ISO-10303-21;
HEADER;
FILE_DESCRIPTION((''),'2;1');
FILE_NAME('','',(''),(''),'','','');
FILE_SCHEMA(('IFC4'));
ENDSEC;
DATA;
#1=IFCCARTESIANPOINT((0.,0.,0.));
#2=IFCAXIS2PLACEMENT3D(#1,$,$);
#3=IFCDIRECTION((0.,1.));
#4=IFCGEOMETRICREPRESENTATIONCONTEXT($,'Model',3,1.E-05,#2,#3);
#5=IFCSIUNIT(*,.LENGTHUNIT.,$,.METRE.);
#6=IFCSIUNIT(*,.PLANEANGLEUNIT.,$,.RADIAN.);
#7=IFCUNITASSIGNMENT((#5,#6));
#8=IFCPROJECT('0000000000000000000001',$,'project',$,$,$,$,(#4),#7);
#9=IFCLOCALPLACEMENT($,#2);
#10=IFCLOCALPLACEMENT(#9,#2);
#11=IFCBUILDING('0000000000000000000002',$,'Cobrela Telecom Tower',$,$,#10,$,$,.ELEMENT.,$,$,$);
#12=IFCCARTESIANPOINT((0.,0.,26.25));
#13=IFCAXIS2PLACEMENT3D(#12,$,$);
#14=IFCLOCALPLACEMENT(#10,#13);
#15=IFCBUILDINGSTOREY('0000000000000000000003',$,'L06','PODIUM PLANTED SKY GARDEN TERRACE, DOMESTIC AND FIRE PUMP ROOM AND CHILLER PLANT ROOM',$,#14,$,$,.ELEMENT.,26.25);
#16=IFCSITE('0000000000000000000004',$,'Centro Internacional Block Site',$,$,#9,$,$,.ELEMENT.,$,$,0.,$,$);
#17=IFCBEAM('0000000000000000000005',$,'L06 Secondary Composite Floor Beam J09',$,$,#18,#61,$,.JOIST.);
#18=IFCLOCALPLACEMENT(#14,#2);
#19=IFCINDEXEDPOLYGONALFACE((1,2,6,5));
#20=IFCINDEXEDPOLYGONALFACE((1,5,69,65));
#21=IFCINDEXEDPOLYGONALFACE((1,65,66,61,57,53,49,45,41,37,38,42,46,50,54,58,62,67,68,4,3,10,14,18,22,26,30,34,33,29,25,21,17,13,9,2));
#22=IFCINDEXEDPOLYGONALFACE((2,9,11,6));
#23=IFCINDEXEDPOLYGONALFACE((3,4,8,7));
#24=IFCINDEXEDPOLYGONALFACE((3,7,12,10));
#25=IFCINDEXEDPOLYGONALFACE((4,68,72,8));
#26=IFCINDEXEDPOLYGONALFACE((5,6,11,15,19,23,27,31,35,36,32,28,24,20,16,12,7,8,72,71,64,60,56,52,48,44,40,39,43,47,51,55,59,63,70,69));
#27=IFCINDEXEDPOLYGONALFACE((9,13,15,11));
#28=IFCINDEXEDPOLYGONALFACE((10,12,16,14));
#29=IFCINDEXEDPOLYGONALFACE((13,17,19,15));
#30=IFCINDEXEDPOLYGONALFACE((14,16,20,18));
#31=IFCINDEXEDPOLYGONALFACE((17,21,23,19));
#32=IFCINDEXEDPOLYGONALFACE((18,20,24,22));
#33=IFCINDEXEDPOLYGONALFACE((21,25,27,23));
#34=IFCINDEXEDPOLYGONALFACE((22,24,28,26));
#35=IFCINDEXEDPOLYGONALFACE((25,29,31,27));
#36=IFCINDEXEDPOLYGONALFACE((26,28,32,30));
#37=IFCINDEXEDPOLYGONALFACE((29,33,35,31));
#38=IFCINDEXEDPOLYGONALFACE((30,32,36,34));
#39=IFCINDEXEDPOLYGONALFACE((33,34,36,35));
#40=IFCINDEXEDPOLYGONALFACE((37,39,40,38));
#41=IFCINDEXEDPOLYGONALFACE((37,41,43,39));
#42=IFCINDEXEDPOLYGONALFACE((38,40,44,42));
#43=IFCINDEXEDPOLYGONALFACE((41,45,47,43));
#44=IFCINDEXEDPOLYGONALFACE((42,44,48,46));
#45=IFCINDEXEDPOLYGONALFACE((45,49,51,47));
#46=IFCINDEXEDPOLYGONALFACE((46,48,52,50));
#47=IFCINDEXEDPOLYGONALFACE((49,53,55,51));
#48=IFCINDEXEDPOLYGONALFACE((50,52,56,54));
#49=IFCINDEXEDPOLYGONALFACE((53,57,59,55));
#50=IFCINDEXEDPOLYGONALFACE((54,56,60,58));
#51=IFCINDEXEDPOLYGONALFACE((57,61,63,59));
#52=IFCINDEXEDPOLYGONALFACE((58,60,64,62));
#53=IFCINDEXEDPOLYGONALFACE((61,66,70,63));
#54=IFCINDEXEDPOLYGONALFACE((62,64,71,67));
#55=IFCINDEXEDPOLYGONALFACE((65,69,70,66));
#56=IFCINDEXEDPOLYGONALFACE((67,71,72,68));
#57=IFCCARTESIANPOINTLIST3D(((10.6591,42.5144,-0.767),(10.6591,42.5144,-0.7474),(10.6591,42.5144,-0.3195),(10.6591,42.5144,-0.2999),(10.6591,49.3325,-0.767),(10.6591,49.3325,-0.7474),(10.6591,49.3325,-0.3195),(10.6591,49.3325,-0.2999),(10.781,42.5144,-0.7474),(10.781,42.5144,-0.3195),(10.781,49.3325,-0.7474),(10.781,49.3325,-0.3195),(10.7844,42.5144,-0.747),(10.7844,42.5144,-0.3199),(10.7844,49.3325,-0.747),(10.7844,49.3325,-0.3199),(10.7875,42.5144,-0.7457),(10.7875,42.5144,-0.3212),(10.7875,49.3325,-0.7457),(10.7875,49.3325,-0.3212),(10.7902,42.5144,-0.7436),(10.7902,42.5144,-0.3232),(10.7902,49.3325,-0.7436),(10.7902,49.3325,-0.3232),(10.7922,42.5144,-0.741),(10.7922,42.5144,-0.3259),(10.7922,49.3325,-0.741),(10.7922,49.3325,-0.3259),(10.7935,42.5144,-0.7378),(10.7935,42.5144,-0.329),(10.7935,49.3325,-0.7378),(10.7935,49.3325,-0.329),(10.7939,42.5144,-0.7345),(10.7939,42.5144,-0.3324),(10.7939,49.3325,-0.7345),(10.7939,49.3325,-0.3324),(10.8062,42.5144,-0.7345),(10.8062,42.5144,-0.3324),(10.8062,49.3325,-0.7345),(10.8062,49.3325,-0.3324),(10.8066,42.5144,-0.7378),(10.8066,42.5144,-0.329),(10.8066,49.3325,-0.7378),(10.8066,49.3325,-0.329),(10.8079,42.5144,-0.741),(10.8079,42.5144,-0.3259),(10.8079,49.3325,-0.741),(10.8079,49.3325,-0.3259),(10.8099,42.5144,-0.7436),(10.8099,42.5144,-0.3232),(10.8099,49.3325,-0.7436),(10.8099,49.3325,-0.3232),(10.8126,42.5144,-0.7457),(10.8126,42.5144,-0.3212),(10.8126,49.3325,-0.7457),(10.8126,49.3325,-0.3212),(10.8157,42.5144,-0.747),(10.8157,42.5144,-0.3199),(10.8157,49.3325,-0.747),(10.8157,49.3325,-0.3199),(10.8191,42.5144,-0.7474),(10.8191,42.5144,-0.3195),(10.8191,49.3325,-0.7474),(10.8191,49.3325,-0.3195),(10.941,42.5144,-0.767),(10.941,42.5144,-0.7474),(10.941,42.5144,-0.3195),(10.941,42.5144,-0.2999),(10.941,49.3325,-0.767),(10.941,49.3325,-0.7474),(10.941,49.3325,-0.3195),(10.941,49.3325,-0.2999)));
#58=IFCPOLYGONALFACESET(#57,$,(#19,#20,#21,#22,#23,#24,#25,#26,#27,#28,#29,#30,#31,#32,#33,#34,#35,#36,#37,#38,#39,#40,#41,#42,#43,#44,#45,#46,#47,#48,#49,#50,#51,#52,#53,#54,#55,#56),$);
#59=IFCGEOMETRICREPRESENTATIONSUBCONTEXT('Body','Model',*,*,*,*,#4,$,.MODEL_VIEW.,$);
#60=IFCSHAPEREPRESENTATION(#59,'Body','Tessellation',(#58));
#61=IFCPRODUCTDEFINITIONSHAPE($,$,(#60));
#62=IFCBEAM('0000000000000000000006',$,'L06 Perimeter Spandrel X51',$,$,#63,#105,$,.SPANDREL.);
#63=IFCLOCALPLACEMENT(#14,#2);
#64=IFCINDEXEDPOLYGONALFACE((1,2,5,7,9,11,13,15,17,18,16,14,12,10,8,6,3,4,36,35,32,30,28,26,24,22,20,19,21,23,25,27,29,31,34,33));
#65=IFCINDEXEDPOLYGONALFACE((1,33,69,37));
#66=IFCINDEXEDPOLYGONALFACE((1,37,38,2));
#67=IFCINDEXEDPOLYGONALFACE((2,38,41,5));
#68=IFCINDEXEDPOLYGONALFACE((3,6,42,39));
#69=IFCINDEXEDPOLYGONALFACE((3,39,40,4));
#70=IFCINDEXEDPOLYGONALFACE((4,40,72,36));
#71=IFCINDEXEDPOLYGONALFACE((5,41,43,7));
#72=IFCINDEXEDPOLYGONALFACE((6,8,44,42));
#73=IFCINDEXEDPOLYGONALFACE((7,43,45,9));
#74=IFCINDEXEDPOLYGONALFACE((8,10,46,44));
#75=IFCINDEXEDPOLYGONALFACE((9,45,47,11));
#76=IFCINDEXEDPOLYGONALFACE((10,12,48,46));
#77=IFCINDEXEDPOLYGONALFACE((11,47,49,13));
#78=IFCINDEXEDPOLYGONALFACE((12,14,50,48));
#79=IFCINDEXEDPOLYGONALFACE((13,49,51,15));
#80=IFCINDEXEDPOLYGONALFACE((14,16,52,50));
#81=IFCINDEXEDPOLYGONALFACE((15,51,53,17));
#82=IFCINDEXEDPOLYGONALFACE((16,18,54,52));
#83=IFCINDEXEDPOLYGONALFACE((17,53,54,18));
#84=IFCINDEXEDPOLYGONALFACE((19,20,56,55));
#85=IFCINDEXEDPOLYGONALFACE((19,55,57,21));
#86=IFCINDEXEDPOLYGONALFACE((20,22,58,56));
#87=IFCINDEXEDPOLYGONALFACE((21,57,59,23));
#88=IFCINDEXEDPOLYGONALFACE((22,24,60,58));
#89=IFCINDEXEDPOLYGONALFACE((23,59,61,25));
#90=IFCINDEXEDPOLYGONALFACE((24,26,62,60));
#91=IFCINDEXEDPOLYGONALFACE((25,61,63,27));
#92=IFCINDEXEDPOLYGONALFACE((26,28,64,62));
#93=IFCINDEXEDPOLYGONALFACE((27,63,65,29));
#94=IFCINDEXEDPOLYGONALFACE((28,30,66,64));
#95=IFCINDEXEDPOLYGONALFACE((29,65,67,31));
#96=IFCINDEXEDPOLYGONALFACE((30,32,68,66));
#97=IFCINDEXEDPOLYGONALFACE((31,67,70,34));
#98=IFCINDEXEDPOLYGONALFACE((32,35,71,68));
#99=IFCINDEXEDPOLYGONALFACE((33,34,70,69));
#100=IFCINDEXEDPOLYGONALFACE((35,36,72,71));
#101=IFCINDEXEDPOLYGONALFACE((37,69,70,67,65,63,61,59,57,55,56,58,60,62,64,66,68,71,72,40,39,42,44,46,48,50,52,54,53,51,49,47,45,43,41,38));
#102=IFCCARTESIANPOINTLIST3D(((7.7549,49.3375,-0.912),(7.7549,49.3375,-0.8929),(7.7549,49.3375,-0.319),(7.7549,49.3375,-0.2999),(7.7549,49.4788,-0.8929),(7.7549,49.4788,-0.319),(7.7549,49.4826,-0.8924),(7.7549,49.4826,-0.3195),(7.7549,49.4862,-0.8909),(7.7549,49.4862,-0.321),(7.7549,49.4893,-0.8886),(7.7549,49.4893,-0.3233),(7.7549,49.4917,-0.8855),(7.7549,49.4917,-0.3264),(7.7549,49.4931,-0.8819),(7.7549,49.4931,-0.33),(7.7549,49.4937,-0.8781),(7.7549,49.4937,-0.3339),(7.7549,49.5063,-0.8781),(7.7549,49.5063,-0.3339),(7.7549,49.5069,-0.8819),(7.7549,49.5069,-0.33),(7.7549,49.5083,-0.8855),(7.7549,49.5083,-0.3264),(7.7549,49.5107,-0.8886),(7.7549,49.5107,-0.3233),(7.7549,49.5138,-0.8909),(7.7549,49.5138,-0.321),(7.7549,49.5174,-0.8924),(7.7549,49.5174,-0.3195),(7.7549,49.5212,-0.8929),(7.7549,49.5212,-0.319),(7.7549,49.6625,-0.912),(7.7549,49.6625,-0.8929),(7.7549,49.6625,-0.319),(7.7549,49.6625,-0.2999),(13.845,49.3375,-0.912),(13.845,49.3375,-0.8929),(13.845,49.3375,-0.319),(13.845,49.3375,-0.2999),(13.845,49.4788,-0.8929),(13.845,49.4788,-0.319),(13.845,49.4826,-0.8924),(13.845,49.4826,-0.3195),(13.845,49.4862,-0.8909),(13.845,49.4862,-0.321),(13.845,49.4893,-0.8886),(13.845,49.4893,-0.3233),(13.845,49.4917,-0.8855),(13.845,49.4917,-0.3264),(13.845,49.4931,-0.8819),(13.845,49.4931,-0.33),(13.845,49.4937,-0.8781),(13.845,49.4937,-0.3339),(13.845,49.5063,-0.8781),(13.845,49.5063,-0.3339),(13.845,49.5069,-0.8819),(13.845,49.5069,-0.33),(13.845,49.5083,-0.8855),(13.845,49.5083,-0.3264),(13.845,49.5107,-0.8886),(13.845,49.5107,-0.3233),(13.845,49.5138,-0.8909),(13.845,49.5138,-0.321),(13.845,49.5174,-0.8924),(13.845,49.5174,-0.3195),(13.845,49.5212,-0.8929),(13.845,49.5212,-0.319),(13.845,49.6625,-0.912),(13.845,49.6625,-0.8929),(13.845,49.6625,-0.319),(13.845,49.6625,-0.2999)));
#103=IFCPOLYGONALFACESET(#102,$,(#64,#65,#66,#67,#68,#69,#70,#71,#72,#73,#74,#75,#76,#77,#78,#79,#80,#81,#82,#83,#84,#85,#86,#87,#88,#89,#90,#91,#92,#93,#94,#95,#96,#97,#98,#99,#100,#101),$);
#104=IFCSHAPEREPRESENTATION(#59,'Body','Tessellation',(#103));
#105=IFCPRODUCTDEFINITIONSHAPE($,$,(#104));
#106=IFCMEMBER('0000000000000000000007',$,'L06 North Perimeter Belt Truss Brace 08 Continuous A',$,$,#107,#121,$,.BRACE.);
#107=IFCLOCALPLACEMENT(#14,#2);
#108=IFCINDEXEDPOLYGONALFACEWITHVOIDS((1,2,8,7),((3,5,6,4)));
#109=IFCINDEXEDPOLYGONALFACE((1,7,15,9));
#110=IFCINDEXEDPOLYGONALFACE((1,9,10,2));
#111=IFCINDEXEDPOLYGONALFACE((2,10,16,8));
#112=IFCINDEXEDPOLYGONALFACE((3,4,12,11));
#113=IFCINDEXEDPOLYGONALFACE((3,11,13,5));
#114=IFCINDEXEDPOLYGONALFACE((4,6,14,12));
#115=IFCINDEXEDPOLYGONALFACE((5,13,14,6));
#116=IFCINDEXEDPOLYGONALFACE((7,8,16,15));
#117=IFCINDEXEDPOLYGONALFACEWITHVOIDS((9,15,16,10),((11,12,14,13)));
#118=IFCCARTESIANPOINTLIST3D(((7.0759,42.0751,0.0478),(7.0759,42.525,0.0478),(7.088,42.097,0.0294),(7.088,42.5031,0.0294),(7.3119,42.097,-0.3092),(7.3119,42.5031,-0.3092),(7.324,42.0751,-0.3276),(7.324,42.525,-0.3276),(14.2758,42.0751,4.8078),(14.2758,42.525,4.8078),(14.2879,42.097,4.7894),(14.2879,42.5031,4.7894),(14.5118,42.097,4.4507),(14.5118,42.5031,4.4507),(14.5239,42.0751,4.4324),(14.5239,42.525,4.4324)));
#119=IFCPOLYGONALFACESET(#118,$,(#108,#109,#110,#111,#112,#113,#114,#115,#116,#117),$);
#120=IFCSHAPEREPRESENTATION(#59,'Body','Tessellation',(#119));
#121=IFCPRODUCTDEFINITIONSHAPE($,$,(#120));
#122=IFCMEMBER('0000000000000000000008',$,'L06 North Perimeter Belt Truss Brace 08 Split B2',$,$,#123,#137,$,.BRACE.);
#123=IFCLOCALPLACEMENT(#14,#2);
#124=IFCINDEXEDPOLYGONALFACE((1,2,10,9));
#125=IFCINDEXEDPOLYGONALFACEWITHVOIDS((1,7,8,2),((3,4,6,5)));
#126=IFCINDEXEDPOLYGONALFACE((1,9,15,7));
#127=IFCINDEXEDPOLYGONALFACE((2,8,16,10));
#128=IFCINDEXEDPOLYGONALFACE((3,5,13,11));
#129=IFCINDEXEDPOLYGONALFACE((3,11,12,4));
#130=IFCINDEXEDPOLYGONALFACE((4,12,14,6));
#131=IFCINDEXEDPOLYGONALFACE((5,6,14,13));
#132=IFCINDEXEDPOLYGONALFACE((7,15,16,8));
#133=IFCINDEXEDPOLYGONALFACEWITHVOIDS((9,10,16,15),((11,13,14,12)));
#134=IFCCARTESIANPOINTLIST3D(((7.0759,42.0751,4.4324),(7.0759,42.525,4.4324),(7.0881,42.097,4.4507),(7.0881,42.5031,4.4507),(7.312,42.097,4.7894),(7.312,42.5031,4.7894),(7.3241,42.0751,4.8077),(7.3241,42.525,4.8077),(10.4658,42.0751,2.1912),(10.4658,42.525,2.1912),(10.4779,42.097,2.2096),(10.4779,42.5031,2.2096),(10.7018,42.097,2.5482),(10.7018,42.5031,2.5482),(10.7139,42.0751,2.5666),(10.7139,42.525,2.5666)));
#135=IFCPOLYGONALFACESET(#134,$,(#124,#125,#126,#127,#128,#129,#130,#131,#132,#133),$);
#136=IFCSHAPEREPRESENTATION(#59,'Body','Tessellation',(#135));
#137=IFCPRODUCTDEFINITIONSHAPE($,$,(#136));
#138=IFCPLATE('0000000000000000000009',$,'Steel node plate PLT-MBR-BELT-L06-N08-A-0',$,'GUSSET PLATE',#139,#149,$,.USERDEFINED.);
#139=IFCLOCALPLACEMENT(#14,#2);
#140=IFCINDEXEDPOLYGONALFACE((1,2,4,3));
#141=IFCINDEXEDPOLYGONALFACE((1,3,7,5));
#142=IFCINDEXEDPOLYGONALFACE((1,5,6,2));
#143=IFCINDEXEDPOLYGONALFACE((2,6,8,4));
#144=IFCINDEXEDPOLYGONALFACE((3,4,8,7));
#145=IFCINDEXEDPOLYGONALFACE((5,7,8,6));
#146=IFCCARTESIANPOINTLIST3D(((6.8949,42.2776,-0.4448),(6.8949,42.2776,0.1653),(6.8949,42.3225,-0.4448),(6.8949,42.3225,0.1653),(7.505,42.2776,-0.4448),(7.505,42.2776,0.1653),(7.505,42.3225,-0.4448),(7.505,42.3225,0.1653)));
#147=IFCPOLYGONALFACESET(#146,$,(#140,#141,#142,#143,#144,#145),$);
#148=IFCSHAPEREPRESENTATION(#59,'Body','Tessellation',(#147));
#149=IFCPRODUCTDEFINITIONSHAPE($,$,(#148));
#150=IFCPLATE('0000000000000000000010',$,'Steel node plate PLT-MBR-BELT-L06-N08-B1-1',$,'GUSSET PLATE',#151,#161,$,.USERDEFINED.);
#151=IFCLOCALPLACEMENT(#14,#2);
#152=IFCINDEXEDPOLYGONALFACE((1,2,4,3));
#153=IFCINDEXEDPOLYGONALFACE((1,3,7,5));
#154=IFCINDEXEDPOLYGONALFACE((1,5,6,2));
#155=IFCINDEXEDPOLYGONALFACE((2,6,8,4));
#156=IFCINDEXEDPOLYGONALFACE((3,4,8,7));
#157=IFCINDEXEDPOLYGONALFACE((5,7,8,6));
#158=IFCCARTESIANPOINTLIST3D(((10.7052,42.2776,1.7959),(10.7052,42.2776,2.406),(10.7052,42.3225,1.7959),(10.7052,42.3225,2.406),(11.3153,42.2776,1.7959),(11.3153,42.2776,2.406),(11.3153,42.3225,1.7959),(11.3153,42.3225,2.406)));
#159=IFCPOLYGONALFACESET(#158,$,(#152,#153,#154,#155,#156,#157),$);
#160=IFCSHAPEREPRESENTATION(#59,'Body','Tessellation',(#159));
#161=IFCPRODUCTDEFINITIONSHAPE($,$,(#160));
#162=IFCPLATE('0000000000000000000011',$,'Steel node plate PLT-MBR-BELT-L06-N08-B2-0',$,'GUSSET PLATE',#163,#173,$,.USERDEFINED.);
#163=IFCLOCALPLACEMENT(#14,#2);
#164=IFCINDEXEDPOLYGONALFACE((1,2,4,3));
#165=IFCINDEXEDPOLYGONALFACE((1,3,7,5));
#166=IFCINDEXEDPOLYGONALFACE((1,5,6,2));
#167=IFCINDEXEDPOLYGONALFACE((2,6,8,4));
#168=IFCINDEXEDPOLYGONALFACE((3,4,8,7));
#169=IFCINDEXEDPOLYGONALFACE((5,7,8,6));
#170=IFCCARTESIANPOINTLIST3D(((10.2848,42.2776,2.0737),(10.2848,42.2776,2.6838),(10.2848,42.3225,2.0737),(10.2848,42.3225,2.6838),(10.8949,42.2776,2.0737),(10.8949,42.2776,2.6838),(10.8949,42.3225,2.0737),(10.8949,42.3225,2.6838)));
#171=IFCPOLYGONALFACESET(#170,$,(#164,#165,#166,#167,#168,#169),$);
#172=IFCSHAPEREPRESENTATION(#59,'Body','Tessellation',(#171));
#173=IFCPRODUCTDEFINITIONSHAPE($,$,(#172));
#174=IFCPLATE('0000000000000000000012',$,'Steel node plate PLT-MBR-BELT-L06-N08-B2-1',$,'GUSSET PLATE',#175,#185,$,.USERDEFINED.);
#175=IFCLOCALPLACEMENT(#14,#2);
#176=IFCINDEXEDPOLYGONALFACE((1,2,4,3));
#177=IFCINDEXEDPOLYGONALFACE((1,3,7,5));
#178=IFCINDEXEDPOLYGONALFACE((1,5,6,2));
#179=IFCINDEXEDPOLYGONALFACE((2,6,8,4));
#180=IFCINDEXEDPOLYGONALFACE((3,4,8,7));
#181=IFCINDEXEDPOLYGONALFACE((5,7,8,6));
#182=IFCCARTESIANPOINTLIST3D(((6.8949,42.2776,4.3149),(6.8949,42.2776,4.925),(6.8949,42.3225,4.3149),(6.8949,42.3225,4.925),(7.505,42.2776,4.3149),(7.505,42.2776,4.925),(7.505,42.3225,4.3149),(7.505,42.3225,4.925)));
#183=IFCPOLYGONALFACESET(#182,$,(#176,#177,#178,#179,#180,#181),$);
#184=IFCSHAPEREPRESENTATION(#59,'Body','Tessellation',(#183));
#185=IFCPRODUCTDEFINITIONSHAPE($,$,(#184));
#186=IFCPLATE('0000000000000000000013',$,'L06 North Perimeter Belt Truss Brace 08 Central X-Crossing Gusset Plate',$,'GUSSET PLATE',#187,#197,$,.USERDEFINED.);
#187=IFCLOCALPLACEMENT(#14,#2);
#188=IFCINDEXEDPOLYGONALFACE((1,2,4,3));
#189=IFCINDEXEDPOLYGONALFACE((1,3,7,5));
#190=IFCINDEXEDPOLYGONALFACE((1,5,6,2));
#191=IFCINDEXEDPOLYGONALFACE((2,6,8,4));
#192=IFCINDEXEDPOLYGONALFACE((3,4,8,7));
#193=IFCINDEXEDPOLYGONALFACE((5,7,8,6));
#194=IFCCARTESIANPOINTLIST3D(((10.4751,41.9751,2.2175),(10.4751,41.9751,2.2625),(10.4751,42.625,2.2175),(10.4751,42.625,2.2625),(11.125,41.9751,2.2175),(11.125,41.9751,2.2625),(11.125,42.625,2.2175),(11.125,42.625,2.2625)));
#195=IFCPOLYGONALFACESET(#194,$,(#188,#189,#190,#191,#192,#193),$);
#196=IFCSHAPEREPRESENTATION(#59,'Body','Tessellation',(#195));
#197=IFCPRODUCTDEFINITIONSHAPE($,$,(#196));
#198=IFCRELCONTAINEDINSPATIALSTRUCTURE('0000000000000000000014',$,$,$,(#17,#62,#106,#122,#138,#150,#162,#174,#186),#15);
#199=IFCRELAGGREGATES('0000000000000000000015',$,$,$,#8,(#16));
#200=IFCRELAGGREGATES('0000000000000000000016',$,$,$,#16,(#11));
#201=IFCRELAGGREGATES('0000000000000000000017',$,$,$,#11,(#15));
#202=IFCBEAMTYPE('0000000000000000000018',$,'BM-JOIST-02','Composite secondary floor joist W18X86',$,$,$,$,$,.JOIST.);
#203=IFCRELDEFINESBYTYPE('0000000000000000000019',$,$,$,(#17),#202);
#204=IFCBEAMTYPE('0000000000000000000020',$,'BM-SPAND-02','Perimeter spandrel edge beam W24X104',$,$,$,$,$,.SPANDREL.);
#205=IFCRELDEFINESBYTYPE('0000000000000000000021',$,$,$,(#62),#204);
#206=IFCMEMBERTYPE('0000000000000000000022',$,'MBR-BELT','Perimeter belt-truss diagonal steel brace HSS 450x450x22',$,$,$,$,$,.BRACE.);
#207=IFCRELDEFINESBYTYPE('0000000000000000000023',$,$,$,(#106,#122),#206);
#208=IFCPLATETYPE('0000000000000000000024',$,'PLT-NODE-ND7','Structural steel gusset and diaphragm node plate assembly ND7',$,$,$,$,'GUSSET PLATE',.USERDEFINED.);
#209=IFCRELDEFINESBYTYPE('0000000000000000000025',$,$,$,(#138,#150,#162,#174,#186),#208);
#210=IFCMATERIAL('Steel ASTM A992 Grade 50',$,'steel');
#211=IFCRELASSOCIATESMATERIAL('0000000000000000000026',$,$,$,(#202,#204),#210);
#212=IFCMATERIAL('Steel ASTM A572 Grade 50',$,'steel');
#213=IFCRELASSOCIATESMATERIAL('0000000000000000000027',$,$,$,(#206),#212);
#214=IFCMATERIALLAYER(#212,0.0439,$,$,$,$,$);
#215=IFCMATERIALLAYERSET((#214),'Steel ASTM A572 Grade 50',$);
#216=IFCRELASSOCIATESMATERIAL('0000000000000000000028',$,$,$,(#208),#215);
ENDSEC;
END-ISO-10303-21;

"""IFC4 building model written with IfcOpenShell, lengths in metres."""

from ifc_helpers import new_model, si_unit, direction, frame, origin, origin_2d, place, context, subcontext, project, spatial, rectangle, hollow_rectangle, i_section, extrude, material, layer, layer_set, material_profile, profile_set, type_object, element, save


model = new_model("IFC4")

# Units and contexts
model_context = context("Model", 3, precision=1e-05, world=origin(), true_north=direction((0.0, 1.0)))
body_context = subcontext(model_context, "Body", "Model", "MODEL_VIEW")
ifc_project = project(units=[si_unit("LENGTHUNIT", "METRE"), si_unit("PLANEANGLEUNIT", "RADIAN")], contexts=[model_context])

# Site, building, storey
site_placement = place(None, origin())
site = spatial("IfcSite", under=ifc_project, at=site_placement, Name="Centro Internacional Block Site", CompositionType="ELEMENT", RefElevation=0.0)
building_placement = place(site_placement, origin())
building = spatial("IfcBuilding", under=site, at=building_placement, Name="Cobrela Telecom Tower", CompositionType="ELEMENT")
storey_placement = place(building_placement, frame((0.0, 0.0, 26.25)))
storey = spatial("IfcBuildingStorey", under=building, at=storey_placement, Name="L06", Description="PODIUM PLANTED SKY GARDEN TERRACE, DOMESTIC AND FIRE PUMP ROOM AND CHILLER PLANT ROOM", CompositionType="ELEMENT", Elevation=26.25)

# Shared definitions
ifc_material_1 = material(Name="Steel ASTM A572 Grade 50", Category="steel")

# Beams
ifc_material_2 = material(Name="Steel ASTM A992 Grade 50", Category="steel")
ifc_material_profile_1 = material_profile(ifc_material_2, i_section(OverallWidth=0.282, OverallDepth=0.467, WebThickness=0.0122, FlangeThickness=0.0195, FilletRadius=0.0129, at=origin_2d()), Name="W18X86")
ifc_profile_set_1 = profile_set([ifc_material_profile_1], Name="Steel ASTM A992 Grade 50")
beam_type_1 = type_object("IfcBeamType", Name="BM-JOIST-02", Description="Composite secondary floor joist W18X86", PredefinedType="JOIST", material=ifc_profile_set_1)
beam_1_placement = place(storey_placement, frame((10.8, 42.5144, -0.5334), z_axis=(0.0, 1.0, 0.0), x_axis=(-1.0, 0.0, 0.0)))
element("IfcBeam", 1, at=beam_1_placement, inside=storey, type_object=beam_type_1, Name="L06 Secondary Composite Floor Beam J09", PredefinedType="JOIST", context=body_context, shape_type="SweptSolid", body=[
    extrude(i_section(OverallWidth=0.282, OverallDepth=0.467, WebThickness=0.0122, FlangeThickness=0.0195, FilletRadius=0.0129, at=origin_2d()), origin(), (0.0, 0.0, 1.0), 6.8181),
])
ifc_material_profile_2 = material_profile(ifc_material_2, i_section(OverallWidth=0.325, OverallDepth=0.6121, WebThickness=0.0127, FlangeThickness=0.019, FilletRadius=0.0149, at=origin_2d()), Name="W24X104")
ifc_profile_set_2 = profile_set([ifc_material_profile_2], Name="Steel ASTM A992 Grade 50")
beam_type_2 = type_object("IfcBeamType", Name="BM-SPAND-02", Description="Perimeter spandrel edge beam W24X104", PredefinedType="SPANDREL", material=ifc_profile_set_2)
beam_2_placement = place(storey_placement, frame((7.7549, 49.5, -0.606), z_axis=(1.0, 0.0, 0.0), x_axis=(0.0, 1.0, 0.0)))
element("IfcBeam", 2, at=beam_2_placement, inside=storey, type_object=beam_type_2, Name="L06 Perimeter Spandrel X51", PredefinedType="SPANDREL", context=body_context, shape_type="SweptSolid", body=[
    extrude(i_section(OverallWidth=0.325, OverallDepth=0.6121, WebThickness=0.0127, FlangeThickness=0.019, FilletRadius=0.0149, at=origin_2d()), origin(), (0.0, 0.0, 1.0), 6.0901),
])

# Members
ifc_material_profile_3 = material_profile(ifc_material_1, hollow_rectangle(XDim=0.45, YDim=0.45, WallThickness=0.022, at=origin_2d()), Name="HSS 450x450x22")
ifc_profile_set_3 = profile_set([ifc_material_profile_3], Name="Steel ASTM A572 Grade 50")
member_type = type_object("IfcMemberType", Name="MBR-BELT", Description="Perimeter belt-truss diagonal steel brace HSS 450x450x22", PredefinedType="BRACE", material=ifc_profile_set_3)
member_1_placement = place(storey_placement, frame((7.2, 42.3, -0.1399), z_axis=(0.834181, 0.0, 0.551491), x_axis=(0.0, 1.0, 0.0)))
element("IfcMember", 3, at=member_1_placement, inside=storey, type_object=member_type, Name="L06 North Perimeter Belt Truss Brace 08 Continuous A", PredefinedType="BRACE", context=body_context, shape_type="SweptSolid", body=[
    extrude(hollow_rectangle(XDim=0.45, YDim=0.45, WallThickness=0.022, at=origin_2d()), origin(), (0.0, 0.0, 1.0), 8.6311),
])
member_2_placement = place(storey_placement, frame((10.5898, 42.3, 2.3789), z_axis=(-0.83417, 0.0, 0.551507), x_axis=(0.0, -1.0, 0.0)))
element("IfcMember", 4, at=member_2_placement, inside=storey, type_object=member_type, Name="L06 North Perimeter Belt Truss Brace 08 Split B2", PredefinedType="BRACE", context=body_context, shape_type="SweptSolid", body=[
    extrude(hollow_rectangle(XDim=0.45, YDim=0.45, WallThickness=0.022, at=origin_2d()), origin(), (0.0, 0.0, 1.0), 4.0637),
])

# Plates
ifc_layer_1 = layer(ifc_material_1, 0.0439)
ifc_layer_set_1 = layer_set([ifc_layer_1], Name="Steel ASTM A572 Grade 50")
plate_type = type_object("IfcPlateType", Name="PLT-NODE-ND7", Description="Structural steel gusset and diaphragm node plate assembly ND7", ElementType="GUSSET PLATE", PredefinedType="USERDEFINED", material=ifc_layer_set_1)
for number, where, z_axis, x_axis, name in (
    (5, (7.2, 42.3, -0.4448), (0.0, 0.0, 1.0), (1.0, 0.0, 0.0), "Steel node plate PLT-MBR-BELT-L06-N08-A-0"),
    (6, (11.0103, 42.3, 1.7959), (0.0, 0.0, 1.0), (-1.0, 0.0, 0.0), "Steel node plate PLT-MBR-BELT-L06-N08-B1-1"),
    (7, (10.5898, 42.3, 2.0737), (0.0, 0.0, 1.0), (-1.0, 0.0, 0.0), "Steel node plate PLT-MBR-BELT-L06-N08-B2-0"),
    (8, (7.2, 42.3, 4.3149), (0.0, 0.0, 1.0), (-1.0, 0.0, 0.0), "Steel node plate PLT-MBR-BELT-L06-N08-B2-1"),
):
    element("IfcPlate", number, at=place(storey_placement, frame(where, z_axis=z_axis, x_axis=x_axis)), inside=storey, type_object=plate_type, Name=name, ObjectType="GUSSET PLATE", PredefinedType="USERDEFINED", context=body_context, shape_type="SweptSolid", body=[
        extrude(rectangle(XDim=0.6101, YDim=0.0449, at=origin_2d()), origin(), (0.0, 0.0, 1.0), 0.6101),
    ])
plate_placement = place(storey_placement, frame((10.8, 42.3, 2.2175), z_axis=(0.0, 0.0, 1.0), x_axis=(1.0, 0.0, 0.0)))
element("IfcPlate", 9, at=plate_placement, inside=storey, type_object=plate_type, Name="L06 North Perimeter Belt Truss Brace 08 Central X-Crossing Gusset Plate", ObjectType="GUSSET PLATE", PredefinedType="USERDEFINED", context=body_context, shape_type="SweptSolid", body=[
    extrude(rectangle(XDim=0.6499, YDim=0.6499, at=origin_2d()), origin(), (0.0, 0.0, 1.0), 0.0449),
])

save(model, "model.ifc")
